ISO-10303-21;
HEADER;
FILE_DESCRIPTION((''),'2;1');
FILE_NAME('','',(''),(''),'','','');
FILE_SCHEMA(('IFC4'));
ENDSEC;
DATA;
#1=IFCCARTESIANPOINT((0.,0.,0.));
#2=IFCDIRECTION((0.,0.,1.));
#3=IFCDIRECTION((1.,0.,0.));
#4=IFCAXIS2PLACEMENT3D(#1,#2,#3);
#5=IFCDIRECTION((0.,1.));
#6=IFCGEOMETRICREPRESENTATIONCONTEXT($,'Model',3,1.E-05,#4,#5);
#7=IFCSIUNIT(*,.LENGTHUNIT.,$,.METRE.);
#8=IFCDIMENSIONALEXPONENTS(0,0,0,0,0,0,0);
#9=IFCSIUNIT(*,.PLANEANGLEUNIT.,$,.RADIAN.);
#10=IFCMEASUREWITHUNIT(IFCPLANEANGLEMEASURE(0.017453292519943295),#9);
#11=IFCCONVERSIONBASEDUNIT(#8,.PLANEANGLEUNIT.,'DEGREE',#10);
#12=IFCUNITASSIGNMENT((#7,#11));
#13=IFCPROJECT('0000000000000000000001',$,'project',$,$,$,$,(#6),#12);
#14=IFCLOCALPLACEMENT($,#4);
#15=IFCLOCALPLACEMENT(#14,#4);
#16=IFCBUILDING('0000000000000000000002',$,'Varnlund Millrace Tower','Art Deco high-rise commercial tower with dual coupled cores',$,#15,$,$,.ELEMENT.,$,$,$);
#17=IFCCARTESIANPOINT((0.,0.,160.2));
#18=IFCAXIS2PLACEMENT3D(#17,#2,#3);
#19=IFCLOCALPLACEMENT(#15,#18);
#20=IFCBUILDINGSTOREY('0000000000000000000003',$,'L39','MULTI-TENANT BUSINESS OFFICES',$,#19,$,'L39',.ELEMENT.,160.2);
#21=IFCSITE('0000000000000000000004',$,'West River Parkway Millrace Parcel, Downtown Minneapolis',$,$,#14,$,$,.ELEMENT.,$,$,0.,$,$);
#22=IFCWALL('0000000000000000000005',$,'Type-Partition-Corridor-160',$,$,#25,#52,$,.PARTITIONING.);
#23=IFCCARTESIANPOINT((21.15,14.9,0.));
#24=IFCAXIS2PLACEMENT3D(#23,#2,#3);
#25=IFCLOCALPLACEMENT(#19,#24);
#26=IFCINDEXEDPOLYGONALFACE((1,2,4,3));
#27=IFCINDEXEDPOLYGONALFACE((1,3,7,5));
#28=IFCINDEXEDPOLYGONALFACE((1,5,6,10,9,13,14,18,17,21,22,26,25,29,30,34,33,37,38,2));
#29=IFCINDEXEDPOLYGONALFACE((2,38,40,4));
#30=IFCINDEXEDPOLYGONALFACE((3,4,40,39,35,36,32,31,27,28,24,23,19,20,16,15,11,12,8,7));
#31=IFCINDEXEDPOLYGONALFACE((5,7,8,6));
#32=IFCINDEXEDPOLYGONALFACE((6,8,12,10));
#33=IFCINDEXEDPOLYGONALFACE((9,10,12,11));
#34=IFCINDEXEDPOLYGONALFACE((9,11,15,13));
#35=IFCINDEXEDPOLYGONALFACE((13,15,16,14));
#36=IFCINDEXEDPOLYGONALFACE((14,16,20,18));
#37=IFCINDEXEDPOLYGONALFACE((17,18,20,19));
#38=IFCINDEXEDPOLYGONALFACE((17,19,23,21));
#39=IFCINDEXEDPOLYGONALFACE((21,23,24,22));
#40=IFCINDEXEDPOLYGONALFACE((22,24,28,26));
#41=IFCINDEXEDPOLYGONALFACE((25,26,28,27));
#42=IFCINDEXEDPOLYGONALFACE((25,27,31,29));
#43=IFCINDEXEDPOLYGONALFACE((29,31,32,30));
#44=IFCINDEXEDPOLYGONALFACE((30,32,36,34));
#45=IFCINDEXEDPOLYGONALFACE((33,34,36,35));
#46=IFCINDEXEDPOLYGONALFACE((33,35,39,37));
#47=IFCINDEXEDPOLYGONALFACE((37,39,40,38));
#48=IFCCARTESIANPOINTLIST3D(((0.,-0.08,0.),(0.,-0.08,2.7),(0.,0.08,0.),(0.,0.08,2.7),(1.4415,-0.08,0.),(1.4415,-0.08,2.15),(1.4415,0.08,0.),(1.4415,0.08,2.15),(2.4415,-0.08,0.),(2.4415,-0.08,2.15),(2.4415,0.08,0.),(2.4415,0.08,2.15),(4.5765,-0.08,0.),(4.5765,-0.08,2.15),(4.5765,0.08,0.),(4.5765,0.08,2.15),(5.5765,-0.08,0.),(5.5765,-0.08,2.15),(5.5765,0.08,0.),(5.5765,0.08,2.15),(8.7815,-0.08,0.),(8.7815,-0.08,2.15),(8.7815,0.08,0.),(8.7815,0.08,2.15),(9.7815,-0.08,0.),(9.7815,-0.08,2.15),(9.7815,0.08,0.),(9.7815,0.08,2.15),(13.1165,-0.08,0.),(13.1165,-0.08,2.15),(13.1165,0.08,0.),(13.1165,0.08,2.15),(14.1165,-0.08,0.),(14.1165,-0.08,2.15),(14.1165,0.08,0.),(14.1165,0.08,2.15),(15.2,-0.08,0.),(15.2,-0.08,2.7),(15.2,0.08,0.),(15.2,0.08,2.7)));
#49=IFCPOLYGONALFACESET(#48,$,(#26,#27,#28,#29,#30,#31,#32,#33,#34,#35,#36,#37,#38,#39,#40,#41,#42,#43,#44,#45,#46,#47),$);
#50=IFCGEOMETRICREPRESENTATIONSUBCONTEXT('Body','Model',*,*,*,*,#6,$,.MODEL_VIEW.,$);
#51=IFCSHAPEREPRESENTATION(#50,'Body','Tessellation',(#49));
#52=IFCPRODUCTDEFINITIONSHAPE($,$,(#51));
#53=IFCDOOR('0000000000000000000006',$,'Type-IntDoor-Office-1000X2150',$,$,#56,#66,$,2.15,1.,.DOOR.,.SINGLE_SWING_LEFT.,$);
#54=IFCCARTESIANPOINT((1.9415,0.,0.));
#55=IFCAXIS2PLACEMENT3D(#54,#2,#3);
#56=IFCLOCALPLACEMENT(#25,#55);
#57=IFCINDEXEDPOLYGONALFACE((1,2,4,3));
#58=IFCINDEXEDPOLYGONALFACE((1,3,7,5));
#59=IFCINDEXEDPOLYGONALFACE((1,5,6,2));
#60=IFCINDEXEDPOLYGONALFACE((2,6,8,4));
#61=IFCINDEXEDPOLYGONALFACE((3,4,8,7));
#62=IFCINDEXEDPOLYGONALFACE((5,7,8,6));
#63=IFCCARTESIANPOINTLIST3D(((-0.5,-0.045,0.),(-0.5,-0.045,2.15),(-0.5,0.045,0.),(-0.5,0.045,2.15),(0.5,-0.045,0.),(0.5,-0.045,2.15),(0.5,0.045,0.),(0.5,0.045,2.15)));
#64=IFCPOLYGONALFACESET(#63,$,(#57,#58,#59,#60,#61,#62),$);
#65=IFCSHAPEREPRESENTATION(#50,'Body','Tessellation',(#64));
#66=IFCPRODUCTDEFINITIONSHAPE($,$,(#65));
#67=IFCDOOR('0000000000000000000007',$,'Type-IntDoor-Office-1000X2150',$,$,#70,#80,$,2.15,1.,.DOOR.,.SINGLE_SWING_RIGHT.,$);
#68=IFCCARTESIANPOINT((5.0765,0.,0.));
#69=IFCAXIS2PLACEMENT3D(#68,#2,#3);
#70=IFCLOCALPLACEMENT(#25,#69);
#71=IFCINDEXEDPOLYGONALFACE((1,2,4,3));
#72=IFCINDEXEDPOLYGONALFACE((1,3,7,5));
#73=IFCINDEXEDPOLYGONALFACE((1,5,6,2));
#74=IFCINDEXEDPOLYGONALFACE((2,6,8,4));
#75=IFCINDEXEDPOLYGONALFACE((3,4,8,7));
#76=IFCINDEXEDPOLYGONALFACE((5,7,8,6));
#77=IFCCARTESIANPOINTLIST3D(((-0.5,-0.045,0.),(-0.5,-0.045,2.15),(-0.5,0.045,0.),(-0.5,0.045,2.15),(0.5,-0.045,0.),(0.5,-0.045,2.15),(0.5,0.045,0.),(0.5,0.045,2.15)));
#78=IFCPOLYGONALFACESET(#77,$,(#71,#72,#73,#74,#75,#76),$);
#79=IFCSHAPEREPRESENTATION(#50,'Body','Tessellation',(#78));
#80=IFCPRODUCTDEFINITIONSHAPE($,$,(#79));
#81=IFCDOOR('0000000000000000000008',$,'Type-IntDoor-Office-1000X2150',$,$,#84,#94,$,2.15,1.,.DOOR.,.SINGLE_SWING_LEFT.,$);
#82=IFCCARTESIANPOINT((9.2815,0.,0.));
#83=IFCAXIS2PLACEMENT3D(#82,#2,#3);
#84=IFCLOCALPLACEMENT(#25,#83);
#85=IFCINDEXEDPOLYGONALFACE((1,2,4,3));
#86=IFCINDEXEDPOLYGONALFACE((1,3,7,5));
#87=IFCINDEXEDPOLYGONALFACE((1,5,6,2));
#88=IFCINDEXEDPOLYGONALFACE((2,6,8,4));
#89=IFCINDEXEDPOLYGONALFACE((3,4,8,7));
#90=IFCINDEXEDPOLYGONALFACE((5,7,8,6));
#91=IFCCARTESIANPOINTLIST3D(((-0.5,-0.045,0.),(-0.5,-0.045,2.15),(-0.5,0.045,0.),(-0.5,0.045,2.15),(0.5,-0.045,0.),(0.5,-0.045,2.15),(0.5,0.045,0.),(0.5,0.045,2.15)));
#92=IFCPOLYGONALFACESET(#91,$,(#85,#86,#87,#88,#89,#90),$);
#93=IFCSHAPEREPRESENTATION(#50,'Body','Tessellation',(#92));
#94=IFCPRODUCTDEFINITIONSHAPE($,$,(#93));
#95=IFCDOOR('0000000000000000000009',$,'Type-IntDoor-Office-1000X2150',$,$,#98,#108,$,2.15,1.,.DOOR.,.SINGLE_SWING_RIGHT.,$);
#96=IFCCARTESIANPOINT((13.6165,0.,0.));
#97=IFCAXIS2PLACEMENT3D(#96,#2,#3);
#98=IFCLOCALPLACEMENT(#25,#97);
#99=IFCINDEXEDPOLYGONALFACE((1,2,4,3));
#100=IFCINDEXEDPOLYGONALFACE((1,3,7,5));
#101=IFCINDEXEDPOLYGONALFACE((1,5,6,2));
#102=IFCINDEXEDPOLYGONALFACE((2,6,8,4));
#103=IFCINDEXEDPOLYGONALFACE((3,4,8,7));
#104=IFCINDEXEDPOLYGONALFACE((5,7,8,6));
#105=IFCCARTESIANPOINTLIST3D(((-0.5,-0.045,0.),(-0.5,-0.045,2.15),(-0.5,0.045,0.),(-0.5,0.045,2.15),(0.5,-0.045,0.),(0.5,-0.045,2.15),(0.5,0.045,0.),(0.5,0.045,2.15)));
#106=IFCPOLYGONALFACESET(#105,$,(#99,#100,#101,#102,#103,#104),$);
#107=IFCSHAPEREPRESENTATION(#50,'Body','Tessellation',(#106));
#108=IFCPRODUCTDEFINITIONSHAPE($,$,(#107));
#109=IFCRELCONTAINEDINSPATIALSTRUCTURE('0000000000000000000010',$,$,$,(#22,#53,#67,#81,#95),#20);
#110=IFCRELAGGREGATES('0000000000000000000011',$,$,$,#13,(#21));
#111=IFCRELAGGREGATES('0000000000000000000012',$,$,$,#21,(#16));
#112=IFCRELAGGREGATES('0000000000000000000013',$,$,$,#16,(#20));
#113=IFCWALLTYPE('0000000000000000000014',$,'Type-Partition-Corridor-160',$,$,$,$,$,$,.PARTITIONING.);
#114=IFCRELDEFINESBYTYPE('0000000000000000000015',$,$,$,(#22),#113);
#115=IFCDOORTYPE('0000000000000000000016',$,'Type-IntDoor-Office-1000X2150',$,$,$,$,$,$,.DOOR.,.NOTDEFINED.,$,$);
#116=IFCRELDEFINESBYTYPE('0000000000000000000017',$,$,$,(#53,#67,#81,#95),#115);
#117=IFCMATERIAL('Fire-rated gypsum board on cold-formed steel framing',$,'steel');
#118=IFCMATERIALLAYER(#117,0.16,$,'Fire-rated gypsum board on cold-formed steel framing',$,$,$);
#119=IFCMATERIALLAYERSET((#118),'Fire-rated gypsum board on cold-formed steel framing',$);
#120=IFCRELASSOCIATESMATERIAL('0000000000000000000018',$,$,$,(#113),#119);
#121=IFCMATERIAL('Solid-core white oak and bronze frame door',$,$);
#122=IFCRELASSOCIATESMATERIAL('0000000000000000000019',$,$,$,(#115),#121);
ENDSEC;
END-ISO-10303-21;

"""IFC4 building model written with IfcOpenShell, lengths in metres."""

from ifc_helpers import new_model, entity, si_unit, converted_unit, direction, frame, origin_with_axes, origin_2d_with_axis, place, context, subcontext, project, spatial, polyline, rectangle, outline, extrude, material, layer, layer_set, type_object, element, fill, save


model = new_model("IFC4")

# Units and contexts
model_context = context("Model", 3, precision=1e-05, world=origin_with_axes(), true_north=direction((0.0, 1.0)))
body_context = subcontext(model_context, "Body", "Model", "MODEL_VIEW")
ifc_project = project(units=[si_unit("LENGTHUNIT", "METRE"), converted_unit("PLANEANGLEUNIT", "DEGREE", entity("IfcPlaneAngleMeasure", 0.017453292519943295), si_unit("PLANEANGLEUNIT", "RADIAN"), dimensions=[0, 0, 0, 0, 0, 0, 0])], contexts=[model_context])

# Site, building, storey
site_placement = place(None, origin_with_axes())
site = spatial("IfcSite", under=ifc_project, at=site_placement, Name="West River Parkway Millrace Parcel, Downtown Minneapolis", CompositionType="ELEMENT", RefElevation=0.0)
building_placement = place(site_placement, origin_with_axes())
building = spatial("IfcBuilding", under=site, at=building_placement, Name="Varnlund Millrace Tower", Description="Art Deco high-rise commercial tower with dual coupled cores", CompositionType="ELEMENT")
storey_placement = place(building_placement, frame((0.0, 0.0, 160.2), z_axis=(0.0, 0.0, 1.0), x_axis=(1.0, 0.0, 0.0)))
storey = spatial("IfcBuildingStorey", under=building, at=storey_placement, Name="L39", Description="MULTI-TENANT BUSINESS OFFICES", LongName="L39", CompositionType="ELEMENT", Elevation=160.2)

# Wall, openings, doors
ifc_material_1 = material(Name="Fire-rated gypsum board on cold-formed steel framing", Category="steel")
ifc_layer_1 = layer(ifc_material_1, 0.16, Name="Fire-rated gypsum board on cold-formed steel framing")
ifc_layer_set_1 = layer_set([ifc_layer_1], Name="Fire-rated gypsum board on cold-formed steel framing")
wall_type_1 = type_object("IfcWallType", Name="Type-Partition-Corridor-160", PredefinedType="PARTITIONING", material=ifc_layer_set_1)
wall_1_placement = place(storey_placement, frame((21.15, 14.9, 0.0), z_axis=(0.0, 0.0, 1.0), x_axis=(1.0, 0.0, 0.0)))
wall_1 = element("IfcWall", 1, at=wall_1_placement, inside=storey, type_object=wall_type_1, Name="Type-Partition-Corridor-160", PredefinedType="PARTITIONING", context=body_context, shape_type="SweptSolid", body=[
    extrude(outline(polyline([(0.0, -0.08), (15.2, -0.08), (15.2, 0.08), (0.0, 0.08), (0.0, -0.08)])), origin_with_axes(), (0.0, 0.0, 1.0), 2.7),
])
opening_1_placement = place(wall_1_placement, frame((1.9415, 0.0, 0.0), z_axis=(0.0, 0.0, 1.0), x_axis=(1.0, 0.0, 0.0)))
opening_1 = element("IfcOpeningElement", 2, at=opening_1_placement, cuts=wall_1, PredefinedType="OPENING", context=body_context, shape_type="SweptSolid", body=[
    extrude(rectangle(XDim=1.0, YDim=0.18, at=origin_2d_with_axis()), origin_with_axes(), (0.0, 0.0, 1.0), 2.15),
])
opening_2_placement = place(wall_1_placement, frame((5.0765, 0.0, 0.0), z_axis=(0.0, 0.0, 1.0), x_axis=(1.0, 0.0, 0.0)))
opening_2 = element("IfcOpeningElement", 3, at=opening_2_placement, cuts=wall_1, PredefinedType="OPENING", context=body_context, shape_type="SweptSolid", body=[
    extrude(rectangle(XDim=1.0, YDim=0.18, at=origin_2d_with_axis()), origin_with_axes(), (0.0, 0.0, 1.0), 2.15),
])
opening_3_placement = place(wall_1_placement, frame((9.2815, 0.0, 0.0), z_axis=(0.0, 0.0, 1.0), x_axis=(1.0, 0.0, 0.0)))
opening_3 = element("IfcOpeningElement", 4, at=opening_3_placement, cuts=wall_1, PredefinedType="OPENING", context=body_context, shape_type="SweptSolid", body=[
    extrude(rectangle(XDim=1.0, YDim=0.18, at=origin_2d_with_axis()), origin_with_axes(), (0.0, 0.0, 1.0), 2.15),
])
opening_4_placement = place(wall_1_placement, frame((13.6165, 0.0, 0.0), z_axis=(0.0, 0.0, 1.0), x_axis=(1.0, 0.0, 0.0)))
opening_4 = element("IfcOpeningElement", 5, at=opening_4_placement, cuts=wall_1, PredefinedType="OPENING", context=body_context, shape_type="SweptSolid", body=[
    extrude(rectangle(XDim=1.0, YDim=0.18, at=origin_2d_with_axis()), origin_with_axes(), (0.0, 0.0, 1.0), 2.15),
])
ifc_material_2 = material(Name="Solid-core white oak and bronze frame door")
door_type = type_object("IfcDoorType", Name="Type-IntDoor-Office-1000X2150", OperationType="NOTDEFINED", PredefinedType="DOOR", material=ifc_material_2)
door_1_placement = place(wall_1_placement, frame((1.9415, 0.0, 0.0), z_axis=(0.0, 0.0, 1.0), x_axis=(1.0, 0.0, 0.0)))
door_1 = element("IfcDoor", 6, at=door_1_placement, inside=storey, type_object=door_type, Name="Type-IntDoor-Office-1000X2150", OperationType="SINGLE_SWING_LEFT", OverallHeight=2.15, OverallWidth=1.0, PredefinedType="DOOR", context=body_context, shape_type="SweptSolid", body=[
    extrude(rectangle(XDim=1.0, YDim=0.09, at=origin_2d_with_axis()), origin_with_axes(), (0.0, 0.0, 1.0), 2.15),
])
fill(opening_1, door_1)
door_2_placement = place(wall_1_placement, frame((5.0765, 0.0, 0.0), z_axis=(0.0, 0.0, 1.0), x_axis=(1.0, 0.0, 0.0)))
door_2 = element("IfcDoor", 7, at=door_2_placement, inside=storey, type_object=door_type, Name="Type-IntDoor-Office-1000X2150", OperationType="SINGLE_SWING_RIGHT", OverallHeight=2.15, OverallWidth=1.0, PredefinedType="DOOR", context=body_context, shape_type="SweptSolid", body=[
    extrude(rectangle(XDim=1.0, YDim=0.09, at=origin_2d_with_axis()), origin_with_axes(), (0.0, 0.0, 1.0), 2.15),
])
fill(opening_2, door_2)
door_3_placement = place(wall_1_placement, frame((9.2815, 0.0, 0.0), z_axis=(0.0, 0.0, 1.0), x_axis=(1.0, 0.0, 0.0)))
door_3 = element("IfcDoor", 8, at=door_3_placement, inside=storey, type_object=door_type, Name="Type-IntDoor-Office-1000X2150", OperationType="SINGLE_SWING_LEFT", OverallHeight=2.15, OverallWidth=1.0, PredefinedType="DOOR", context=body_context, shape_type="SweptSolid", body=[
    extrude(rectangle(XDim=1.0, YDim=0.09, at=origin_2d_with_axis()), origin_with_axes(), (0.0, 0.0, 1.0), 2.15),
])
fill(opening_3, door_3)
door_4_placement = place(wall_1_placement, frame((13.6165, 0.0, 0.0), z_axis=(0.0, 0.0, 1.0), x_axis=(1.0, 0.0, 0.0)))
door_4 = element("IfcDoor", 9, at=door_4_placement, inside=storey, type_object=door_type, Name="Type-IntDoor-Office-1000X2150", OperationType="SINGLE_SWING_RIGHT", OverallHeight=2.15, OverallWidth=1.0, PredefinedType="DOOR", context=body_context, shape_type="SweptSolid", body=[
    extrude(rectangle(XDim=1.0, YDim=0.09, at=origin_2d_with_axis()), origin_with_axes(), (0.0, 0.0, 1.0), 2.15),
])
fill(opening_4, door_4)

save(model, "model.ifc")
